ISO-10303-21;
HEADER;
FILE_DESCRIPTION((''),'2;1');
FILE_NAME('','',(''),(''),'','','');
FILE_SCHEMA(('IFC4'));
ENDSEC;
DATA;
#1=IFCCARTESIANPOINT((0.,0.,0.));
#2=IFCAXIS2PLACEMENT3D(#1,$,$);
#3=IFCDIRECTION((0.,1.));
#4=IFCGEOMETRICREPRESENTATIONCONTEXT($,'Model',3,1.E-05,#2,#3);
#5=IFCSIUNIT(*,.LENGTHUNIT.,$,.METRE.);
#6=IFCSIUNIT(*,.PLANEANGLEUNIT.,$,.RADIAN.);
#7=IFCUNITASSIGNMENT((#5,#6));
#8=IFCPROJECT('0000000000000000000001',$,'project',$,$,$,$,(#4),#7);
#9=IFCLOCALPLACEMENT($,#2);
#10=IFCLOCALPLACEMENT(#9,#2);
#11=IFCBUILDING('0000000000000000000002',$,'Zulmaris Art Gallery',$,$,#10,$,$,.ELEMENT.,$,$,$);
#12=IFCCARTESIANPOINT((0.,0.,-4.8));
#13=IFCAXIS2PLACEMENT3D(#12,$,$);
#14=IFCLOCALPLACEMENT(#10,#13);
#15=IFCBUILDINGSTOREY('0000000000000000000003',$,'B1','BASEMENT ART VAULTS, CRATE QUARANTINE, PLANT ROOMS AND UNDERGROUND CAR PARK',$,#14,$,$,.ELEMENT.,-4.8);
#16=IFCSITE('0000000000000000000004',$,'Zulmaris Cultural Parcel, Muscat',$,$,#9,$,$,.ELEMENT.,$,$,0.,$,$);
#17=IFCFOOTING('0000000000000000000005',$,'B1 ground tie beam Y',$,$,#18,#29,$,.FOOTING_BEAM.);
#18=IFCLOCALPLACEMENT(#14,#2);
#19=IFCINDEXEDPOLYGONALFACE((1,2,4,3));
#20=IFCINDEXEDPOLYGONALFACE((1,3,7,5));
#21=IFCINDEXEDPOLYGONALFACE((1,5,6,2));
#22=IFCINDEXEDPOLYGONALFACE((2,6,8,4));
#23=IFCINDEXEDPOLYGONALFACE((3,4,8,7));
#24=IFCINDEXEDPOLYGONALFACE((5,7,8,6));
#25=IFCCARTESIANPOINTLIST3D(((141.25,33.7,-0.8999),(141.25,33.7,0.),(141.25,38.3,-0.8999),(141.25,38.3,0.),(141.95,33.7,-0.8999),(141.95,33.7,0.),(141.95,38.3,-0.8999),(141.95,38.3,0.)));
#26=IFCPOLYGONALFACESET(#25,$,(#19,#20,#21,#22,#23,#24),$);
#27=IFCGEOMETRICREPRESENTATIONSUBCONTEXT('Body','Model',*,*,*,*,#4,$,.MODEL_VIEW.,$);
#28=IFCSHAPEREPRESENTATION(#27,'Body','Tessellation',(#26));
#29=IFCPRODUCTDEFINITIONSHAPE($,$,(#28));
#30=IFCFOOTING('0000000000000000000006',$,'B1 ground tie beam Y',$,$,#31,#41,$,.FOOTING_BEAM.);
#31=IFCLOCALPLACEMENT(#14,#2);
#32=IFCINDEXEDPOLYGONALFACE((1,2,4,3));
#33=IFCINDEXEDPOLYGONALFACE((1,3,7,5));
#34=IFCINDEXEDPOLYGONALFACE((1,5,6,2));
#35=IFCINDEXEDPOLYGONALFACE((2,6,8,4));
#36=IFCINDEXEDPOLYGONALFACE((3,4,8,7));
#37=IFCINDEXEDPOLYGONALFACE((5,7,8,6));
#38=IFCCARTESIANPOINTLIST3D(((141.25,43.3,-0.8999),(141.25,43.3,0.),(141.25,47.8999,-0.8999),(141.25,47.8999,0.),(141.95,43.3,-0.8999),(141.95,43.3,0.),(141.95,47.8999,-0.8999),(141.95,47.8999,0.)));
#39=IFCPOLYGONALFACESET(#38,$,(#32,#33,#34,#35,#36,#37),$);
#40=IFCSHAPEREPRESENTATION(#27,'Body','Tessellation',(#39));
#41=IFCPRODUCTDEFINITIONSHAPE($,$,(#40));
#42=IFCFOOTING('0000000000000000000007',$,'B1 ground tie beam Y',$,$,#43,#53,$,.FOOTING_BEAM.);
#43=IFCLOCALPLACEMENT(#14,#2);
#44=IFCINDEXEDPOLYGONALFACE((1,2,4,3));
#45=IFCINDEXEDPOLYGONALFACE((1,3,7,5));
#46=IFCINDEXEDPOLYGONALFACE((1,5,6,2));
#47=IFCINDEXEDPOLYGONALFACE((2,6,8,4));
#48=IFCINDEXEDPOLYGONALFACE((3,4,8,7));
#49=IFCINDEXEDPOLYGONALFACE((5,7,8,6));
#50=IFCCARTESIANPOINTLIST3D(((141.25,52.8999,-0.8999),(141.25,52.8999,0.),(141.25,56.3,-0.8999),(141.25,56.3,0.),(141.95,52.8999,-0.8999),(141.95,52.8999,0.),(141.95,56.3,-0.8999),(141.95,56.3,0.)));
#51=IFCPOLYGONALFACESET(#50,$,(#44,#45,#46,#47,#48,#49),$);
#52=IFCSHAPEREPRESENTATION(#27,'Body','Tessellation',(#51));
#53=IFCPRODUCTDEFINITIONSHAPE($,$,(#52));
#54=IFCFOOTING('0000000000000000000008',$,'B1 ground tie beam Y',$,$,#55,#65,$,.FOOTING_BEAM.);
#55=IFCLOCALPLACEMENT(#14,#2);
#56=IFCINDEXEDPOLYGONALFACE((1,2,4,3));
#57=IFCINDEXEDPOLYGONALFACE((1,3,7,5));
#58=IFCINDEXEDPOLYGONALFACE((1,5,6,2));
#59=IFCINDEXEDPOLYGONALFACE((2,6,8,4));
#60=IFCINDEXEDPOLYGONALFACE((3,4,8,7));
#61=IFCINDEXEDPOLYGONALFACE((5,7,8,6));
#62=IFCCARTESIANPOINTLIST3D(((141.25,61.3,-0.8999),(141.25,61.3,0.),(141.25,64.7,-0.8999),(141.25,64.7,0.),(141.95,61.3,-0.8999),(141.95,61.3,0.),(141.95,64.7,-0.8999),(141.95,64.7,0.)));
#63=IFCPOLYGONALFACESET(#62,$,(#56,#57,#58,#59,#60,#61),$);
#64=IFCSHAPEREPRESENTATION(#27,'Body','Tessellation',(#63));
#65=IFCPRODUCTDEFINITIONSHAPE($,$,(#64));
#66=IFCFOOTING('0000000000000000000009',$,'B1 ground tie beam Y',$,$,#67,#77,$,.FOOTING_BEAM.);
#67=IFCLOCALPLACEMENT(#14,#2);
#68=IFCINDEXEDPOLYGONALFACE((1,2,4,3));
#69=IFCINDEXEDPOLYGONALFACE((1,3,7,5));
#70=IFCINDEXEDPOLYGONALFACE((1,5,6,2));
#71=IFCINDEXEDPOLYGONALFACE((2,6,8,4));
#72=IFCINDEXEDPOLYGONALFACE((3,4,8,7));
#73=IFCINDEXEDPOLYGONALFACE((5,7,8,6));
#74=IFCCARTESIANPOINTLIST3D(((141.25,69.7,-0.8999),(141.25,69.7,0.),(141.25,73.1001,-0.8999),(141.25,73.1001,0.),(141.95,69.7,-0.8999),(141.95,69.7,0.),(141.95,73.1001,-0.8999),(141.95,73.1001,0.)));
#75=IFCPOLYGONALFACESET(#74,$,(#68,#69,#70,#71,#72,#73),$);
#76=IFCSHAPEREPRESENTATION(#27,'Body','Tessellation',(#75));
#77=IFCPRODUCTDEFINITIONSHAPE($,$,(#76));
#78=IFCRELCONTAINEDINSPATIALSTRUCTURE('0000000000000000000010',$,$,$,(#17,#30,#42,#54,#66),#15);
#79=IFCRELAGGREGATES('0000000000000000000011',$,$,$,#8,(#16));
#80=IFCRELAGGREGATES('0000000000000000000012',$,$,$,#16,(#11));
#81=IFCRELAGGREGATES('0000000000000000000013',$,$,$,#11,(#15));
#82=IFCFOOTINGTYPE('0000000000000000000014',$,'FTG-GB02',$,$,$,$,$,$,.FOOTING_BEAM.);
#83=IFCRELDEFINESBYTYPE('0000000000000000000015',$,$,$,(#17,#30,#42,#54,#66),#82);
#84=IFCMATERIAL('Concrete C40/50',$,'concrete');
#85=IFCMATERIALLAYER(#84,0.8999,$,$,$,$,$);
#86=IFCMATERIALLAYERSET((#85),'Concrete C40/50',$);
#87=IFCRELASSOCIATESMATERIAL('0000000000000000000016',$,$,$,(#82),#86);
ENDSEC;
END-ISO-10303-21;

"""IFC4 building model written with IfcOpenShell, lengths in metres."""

from ifc_helpers import new_model, si_unit, direction, frame, origin, place, context, subcontext, project, spatial, polyline, outline, extrude, material, layer, layer_set, type_object, element, save


model = new_model("IFC4")

# Units and contexts
model_context = context("Model", 3, precision=1e-05, world=origin(), true_north=direction((0.0, 1.0)))
body_context = subcontext(model_context, "Body", "Model", "MODEL_VIEW")
ifc_project = project(units=[si_unit("LENGTHUNIT", "METRE"), si_unit("PLANEANGLEUNIT", "RADIAN")], contexts=[model_context])

# Site, building, storey
site_placement = place(None, origin())
site = spatial("IfcSite", under=ifc_project, at=site_placement, Name="Zulmaris Cultural Parcel, Muscat", CompositionType="ELEMENT", RefElevation=0.0)
building_placement = place(site_placement, origin())
building = spatial("IfcBuilding", under=site, at=building_placement, Name="Zulmaris Art Gallery", CompositionType="ELEMENT")
storey_placement = place(building_placement, frame((0.0, 0.0, -4.8)))
storey = spatial("IfcBuildingStorey", under=building, at=storey_placement, Name="B1", Description="BASEMENT ART VAULTS, CRATE QUARANTINE, PLANT ROOMS AND UNDERGROUND CAR PARK", CompositionType="ELEMENT", Elevation=-4.8)

# Footings
ifc_material = material(Name="Concrete C40/50", Category="concrete")
ifc_layer = layer(ifc_material, 0.8999)
ifc_layer_set = layer_set([ifc_layer], Name="Concrete C40/50")
footing_type = type_object("IfcFootingType", Name="FTG-GB02", PredefinedType="FOOTING_BEAM", material=ifc_layer_set)
footing_1_placement = place(storey_placement, frame((0.0, 0.0, -0.8999)))
element("IfcFooting", 1, at=footing_1_placement, inside=storey, type_object=footing_type, Name="B1 ground tie beam Y", PredefinedType="FOOTING_BEAM", context=body_context, shape_type="SweptSolid", body=[
    extrude(outline(polyline([(141.25, 33.7), (141.95, 33.7), (141.95, 38.3), (141.25, 38.3), (141.25, 33.7)])), origin(), (0.0, 0.0, 1.0), 0.8999),
])
footing_2_placement = place(storey_placement, frame((0.0, 0.0, -0.8999)))
element("IfcFooting", 2, at=footing_2_placement, inside=storey, type_object=footing_type, Name="B1 ground tie beam Y", PredefinedType="FOOTING_BEAM", context=body_context, shape_type="SweptSolid", body=[
    extrude(outline(polyline([(141.25, 43.3), (141.95, 43.3), (141.95, 47.8999), (141.25, 47.8999), (141.25, 43.3)])), origin(), (0.0, 0.0, 1.0), 0.8999),
])
footing_3_placement = place(storey_placement, frame((0.0, 0.0, -0.8999)))
element("IfcFooting", 3, at=footing_3_placement, inside=storey, type_object=footing_type, Name="B1 ground tie beam Y", PredefinedType="FOOTING_BEAM", context=body_context, shape_type="SweptSolid", body=[
    extrude(outline(polyline([(141.25, 52.8999), (141.95, 52.8999), (141.95, 56.3), (141.25, 56.3), (141.25, 52.8999)])), origin(), (0.0, 0.0, 1.0), 0.8999),
])
footing_4_placement = place(storey_placement, frame((0.0, 0.0, -0.8999)))
element("IfcFooting", 4, at=footing_4_placement, inside=storey, type_object=footing_type, Name="B1 ground tie beam Y", PredefinedType="FOOTING_BEAM", context=body_context, shape_type="SweptSolid", body=[
    extrude(outline(polyline([(141.25, 61.3), (141.95, 61.3), (141.95, 64.7), (141.25, 64.7), (141.25, 61.3)])), origin(), (0.0, 0.0, 1.0), 0.8999),
])
footing_5_placement = place(storey_placement, frame((0.0, 0.0, -0.8999)))
element("IfcFooting", 5, at=footing_5_placement, inside=storey, type_object=footing_type, Name="B1 ground tie beam Y", PredefinedType="FOOTING_BEAM", context=body_context, shape_type="SweptSolid", body=[
    extrude(outline(polyline([(141.25, 69.7), (141.95, 69.7), (141.95, 73.1001), (141.25, 73.1001), (141.25, 69.7)])), origin(), (0.0, 0.0, 1.0), 0.8999),
])

save(model, "model.ifc")
